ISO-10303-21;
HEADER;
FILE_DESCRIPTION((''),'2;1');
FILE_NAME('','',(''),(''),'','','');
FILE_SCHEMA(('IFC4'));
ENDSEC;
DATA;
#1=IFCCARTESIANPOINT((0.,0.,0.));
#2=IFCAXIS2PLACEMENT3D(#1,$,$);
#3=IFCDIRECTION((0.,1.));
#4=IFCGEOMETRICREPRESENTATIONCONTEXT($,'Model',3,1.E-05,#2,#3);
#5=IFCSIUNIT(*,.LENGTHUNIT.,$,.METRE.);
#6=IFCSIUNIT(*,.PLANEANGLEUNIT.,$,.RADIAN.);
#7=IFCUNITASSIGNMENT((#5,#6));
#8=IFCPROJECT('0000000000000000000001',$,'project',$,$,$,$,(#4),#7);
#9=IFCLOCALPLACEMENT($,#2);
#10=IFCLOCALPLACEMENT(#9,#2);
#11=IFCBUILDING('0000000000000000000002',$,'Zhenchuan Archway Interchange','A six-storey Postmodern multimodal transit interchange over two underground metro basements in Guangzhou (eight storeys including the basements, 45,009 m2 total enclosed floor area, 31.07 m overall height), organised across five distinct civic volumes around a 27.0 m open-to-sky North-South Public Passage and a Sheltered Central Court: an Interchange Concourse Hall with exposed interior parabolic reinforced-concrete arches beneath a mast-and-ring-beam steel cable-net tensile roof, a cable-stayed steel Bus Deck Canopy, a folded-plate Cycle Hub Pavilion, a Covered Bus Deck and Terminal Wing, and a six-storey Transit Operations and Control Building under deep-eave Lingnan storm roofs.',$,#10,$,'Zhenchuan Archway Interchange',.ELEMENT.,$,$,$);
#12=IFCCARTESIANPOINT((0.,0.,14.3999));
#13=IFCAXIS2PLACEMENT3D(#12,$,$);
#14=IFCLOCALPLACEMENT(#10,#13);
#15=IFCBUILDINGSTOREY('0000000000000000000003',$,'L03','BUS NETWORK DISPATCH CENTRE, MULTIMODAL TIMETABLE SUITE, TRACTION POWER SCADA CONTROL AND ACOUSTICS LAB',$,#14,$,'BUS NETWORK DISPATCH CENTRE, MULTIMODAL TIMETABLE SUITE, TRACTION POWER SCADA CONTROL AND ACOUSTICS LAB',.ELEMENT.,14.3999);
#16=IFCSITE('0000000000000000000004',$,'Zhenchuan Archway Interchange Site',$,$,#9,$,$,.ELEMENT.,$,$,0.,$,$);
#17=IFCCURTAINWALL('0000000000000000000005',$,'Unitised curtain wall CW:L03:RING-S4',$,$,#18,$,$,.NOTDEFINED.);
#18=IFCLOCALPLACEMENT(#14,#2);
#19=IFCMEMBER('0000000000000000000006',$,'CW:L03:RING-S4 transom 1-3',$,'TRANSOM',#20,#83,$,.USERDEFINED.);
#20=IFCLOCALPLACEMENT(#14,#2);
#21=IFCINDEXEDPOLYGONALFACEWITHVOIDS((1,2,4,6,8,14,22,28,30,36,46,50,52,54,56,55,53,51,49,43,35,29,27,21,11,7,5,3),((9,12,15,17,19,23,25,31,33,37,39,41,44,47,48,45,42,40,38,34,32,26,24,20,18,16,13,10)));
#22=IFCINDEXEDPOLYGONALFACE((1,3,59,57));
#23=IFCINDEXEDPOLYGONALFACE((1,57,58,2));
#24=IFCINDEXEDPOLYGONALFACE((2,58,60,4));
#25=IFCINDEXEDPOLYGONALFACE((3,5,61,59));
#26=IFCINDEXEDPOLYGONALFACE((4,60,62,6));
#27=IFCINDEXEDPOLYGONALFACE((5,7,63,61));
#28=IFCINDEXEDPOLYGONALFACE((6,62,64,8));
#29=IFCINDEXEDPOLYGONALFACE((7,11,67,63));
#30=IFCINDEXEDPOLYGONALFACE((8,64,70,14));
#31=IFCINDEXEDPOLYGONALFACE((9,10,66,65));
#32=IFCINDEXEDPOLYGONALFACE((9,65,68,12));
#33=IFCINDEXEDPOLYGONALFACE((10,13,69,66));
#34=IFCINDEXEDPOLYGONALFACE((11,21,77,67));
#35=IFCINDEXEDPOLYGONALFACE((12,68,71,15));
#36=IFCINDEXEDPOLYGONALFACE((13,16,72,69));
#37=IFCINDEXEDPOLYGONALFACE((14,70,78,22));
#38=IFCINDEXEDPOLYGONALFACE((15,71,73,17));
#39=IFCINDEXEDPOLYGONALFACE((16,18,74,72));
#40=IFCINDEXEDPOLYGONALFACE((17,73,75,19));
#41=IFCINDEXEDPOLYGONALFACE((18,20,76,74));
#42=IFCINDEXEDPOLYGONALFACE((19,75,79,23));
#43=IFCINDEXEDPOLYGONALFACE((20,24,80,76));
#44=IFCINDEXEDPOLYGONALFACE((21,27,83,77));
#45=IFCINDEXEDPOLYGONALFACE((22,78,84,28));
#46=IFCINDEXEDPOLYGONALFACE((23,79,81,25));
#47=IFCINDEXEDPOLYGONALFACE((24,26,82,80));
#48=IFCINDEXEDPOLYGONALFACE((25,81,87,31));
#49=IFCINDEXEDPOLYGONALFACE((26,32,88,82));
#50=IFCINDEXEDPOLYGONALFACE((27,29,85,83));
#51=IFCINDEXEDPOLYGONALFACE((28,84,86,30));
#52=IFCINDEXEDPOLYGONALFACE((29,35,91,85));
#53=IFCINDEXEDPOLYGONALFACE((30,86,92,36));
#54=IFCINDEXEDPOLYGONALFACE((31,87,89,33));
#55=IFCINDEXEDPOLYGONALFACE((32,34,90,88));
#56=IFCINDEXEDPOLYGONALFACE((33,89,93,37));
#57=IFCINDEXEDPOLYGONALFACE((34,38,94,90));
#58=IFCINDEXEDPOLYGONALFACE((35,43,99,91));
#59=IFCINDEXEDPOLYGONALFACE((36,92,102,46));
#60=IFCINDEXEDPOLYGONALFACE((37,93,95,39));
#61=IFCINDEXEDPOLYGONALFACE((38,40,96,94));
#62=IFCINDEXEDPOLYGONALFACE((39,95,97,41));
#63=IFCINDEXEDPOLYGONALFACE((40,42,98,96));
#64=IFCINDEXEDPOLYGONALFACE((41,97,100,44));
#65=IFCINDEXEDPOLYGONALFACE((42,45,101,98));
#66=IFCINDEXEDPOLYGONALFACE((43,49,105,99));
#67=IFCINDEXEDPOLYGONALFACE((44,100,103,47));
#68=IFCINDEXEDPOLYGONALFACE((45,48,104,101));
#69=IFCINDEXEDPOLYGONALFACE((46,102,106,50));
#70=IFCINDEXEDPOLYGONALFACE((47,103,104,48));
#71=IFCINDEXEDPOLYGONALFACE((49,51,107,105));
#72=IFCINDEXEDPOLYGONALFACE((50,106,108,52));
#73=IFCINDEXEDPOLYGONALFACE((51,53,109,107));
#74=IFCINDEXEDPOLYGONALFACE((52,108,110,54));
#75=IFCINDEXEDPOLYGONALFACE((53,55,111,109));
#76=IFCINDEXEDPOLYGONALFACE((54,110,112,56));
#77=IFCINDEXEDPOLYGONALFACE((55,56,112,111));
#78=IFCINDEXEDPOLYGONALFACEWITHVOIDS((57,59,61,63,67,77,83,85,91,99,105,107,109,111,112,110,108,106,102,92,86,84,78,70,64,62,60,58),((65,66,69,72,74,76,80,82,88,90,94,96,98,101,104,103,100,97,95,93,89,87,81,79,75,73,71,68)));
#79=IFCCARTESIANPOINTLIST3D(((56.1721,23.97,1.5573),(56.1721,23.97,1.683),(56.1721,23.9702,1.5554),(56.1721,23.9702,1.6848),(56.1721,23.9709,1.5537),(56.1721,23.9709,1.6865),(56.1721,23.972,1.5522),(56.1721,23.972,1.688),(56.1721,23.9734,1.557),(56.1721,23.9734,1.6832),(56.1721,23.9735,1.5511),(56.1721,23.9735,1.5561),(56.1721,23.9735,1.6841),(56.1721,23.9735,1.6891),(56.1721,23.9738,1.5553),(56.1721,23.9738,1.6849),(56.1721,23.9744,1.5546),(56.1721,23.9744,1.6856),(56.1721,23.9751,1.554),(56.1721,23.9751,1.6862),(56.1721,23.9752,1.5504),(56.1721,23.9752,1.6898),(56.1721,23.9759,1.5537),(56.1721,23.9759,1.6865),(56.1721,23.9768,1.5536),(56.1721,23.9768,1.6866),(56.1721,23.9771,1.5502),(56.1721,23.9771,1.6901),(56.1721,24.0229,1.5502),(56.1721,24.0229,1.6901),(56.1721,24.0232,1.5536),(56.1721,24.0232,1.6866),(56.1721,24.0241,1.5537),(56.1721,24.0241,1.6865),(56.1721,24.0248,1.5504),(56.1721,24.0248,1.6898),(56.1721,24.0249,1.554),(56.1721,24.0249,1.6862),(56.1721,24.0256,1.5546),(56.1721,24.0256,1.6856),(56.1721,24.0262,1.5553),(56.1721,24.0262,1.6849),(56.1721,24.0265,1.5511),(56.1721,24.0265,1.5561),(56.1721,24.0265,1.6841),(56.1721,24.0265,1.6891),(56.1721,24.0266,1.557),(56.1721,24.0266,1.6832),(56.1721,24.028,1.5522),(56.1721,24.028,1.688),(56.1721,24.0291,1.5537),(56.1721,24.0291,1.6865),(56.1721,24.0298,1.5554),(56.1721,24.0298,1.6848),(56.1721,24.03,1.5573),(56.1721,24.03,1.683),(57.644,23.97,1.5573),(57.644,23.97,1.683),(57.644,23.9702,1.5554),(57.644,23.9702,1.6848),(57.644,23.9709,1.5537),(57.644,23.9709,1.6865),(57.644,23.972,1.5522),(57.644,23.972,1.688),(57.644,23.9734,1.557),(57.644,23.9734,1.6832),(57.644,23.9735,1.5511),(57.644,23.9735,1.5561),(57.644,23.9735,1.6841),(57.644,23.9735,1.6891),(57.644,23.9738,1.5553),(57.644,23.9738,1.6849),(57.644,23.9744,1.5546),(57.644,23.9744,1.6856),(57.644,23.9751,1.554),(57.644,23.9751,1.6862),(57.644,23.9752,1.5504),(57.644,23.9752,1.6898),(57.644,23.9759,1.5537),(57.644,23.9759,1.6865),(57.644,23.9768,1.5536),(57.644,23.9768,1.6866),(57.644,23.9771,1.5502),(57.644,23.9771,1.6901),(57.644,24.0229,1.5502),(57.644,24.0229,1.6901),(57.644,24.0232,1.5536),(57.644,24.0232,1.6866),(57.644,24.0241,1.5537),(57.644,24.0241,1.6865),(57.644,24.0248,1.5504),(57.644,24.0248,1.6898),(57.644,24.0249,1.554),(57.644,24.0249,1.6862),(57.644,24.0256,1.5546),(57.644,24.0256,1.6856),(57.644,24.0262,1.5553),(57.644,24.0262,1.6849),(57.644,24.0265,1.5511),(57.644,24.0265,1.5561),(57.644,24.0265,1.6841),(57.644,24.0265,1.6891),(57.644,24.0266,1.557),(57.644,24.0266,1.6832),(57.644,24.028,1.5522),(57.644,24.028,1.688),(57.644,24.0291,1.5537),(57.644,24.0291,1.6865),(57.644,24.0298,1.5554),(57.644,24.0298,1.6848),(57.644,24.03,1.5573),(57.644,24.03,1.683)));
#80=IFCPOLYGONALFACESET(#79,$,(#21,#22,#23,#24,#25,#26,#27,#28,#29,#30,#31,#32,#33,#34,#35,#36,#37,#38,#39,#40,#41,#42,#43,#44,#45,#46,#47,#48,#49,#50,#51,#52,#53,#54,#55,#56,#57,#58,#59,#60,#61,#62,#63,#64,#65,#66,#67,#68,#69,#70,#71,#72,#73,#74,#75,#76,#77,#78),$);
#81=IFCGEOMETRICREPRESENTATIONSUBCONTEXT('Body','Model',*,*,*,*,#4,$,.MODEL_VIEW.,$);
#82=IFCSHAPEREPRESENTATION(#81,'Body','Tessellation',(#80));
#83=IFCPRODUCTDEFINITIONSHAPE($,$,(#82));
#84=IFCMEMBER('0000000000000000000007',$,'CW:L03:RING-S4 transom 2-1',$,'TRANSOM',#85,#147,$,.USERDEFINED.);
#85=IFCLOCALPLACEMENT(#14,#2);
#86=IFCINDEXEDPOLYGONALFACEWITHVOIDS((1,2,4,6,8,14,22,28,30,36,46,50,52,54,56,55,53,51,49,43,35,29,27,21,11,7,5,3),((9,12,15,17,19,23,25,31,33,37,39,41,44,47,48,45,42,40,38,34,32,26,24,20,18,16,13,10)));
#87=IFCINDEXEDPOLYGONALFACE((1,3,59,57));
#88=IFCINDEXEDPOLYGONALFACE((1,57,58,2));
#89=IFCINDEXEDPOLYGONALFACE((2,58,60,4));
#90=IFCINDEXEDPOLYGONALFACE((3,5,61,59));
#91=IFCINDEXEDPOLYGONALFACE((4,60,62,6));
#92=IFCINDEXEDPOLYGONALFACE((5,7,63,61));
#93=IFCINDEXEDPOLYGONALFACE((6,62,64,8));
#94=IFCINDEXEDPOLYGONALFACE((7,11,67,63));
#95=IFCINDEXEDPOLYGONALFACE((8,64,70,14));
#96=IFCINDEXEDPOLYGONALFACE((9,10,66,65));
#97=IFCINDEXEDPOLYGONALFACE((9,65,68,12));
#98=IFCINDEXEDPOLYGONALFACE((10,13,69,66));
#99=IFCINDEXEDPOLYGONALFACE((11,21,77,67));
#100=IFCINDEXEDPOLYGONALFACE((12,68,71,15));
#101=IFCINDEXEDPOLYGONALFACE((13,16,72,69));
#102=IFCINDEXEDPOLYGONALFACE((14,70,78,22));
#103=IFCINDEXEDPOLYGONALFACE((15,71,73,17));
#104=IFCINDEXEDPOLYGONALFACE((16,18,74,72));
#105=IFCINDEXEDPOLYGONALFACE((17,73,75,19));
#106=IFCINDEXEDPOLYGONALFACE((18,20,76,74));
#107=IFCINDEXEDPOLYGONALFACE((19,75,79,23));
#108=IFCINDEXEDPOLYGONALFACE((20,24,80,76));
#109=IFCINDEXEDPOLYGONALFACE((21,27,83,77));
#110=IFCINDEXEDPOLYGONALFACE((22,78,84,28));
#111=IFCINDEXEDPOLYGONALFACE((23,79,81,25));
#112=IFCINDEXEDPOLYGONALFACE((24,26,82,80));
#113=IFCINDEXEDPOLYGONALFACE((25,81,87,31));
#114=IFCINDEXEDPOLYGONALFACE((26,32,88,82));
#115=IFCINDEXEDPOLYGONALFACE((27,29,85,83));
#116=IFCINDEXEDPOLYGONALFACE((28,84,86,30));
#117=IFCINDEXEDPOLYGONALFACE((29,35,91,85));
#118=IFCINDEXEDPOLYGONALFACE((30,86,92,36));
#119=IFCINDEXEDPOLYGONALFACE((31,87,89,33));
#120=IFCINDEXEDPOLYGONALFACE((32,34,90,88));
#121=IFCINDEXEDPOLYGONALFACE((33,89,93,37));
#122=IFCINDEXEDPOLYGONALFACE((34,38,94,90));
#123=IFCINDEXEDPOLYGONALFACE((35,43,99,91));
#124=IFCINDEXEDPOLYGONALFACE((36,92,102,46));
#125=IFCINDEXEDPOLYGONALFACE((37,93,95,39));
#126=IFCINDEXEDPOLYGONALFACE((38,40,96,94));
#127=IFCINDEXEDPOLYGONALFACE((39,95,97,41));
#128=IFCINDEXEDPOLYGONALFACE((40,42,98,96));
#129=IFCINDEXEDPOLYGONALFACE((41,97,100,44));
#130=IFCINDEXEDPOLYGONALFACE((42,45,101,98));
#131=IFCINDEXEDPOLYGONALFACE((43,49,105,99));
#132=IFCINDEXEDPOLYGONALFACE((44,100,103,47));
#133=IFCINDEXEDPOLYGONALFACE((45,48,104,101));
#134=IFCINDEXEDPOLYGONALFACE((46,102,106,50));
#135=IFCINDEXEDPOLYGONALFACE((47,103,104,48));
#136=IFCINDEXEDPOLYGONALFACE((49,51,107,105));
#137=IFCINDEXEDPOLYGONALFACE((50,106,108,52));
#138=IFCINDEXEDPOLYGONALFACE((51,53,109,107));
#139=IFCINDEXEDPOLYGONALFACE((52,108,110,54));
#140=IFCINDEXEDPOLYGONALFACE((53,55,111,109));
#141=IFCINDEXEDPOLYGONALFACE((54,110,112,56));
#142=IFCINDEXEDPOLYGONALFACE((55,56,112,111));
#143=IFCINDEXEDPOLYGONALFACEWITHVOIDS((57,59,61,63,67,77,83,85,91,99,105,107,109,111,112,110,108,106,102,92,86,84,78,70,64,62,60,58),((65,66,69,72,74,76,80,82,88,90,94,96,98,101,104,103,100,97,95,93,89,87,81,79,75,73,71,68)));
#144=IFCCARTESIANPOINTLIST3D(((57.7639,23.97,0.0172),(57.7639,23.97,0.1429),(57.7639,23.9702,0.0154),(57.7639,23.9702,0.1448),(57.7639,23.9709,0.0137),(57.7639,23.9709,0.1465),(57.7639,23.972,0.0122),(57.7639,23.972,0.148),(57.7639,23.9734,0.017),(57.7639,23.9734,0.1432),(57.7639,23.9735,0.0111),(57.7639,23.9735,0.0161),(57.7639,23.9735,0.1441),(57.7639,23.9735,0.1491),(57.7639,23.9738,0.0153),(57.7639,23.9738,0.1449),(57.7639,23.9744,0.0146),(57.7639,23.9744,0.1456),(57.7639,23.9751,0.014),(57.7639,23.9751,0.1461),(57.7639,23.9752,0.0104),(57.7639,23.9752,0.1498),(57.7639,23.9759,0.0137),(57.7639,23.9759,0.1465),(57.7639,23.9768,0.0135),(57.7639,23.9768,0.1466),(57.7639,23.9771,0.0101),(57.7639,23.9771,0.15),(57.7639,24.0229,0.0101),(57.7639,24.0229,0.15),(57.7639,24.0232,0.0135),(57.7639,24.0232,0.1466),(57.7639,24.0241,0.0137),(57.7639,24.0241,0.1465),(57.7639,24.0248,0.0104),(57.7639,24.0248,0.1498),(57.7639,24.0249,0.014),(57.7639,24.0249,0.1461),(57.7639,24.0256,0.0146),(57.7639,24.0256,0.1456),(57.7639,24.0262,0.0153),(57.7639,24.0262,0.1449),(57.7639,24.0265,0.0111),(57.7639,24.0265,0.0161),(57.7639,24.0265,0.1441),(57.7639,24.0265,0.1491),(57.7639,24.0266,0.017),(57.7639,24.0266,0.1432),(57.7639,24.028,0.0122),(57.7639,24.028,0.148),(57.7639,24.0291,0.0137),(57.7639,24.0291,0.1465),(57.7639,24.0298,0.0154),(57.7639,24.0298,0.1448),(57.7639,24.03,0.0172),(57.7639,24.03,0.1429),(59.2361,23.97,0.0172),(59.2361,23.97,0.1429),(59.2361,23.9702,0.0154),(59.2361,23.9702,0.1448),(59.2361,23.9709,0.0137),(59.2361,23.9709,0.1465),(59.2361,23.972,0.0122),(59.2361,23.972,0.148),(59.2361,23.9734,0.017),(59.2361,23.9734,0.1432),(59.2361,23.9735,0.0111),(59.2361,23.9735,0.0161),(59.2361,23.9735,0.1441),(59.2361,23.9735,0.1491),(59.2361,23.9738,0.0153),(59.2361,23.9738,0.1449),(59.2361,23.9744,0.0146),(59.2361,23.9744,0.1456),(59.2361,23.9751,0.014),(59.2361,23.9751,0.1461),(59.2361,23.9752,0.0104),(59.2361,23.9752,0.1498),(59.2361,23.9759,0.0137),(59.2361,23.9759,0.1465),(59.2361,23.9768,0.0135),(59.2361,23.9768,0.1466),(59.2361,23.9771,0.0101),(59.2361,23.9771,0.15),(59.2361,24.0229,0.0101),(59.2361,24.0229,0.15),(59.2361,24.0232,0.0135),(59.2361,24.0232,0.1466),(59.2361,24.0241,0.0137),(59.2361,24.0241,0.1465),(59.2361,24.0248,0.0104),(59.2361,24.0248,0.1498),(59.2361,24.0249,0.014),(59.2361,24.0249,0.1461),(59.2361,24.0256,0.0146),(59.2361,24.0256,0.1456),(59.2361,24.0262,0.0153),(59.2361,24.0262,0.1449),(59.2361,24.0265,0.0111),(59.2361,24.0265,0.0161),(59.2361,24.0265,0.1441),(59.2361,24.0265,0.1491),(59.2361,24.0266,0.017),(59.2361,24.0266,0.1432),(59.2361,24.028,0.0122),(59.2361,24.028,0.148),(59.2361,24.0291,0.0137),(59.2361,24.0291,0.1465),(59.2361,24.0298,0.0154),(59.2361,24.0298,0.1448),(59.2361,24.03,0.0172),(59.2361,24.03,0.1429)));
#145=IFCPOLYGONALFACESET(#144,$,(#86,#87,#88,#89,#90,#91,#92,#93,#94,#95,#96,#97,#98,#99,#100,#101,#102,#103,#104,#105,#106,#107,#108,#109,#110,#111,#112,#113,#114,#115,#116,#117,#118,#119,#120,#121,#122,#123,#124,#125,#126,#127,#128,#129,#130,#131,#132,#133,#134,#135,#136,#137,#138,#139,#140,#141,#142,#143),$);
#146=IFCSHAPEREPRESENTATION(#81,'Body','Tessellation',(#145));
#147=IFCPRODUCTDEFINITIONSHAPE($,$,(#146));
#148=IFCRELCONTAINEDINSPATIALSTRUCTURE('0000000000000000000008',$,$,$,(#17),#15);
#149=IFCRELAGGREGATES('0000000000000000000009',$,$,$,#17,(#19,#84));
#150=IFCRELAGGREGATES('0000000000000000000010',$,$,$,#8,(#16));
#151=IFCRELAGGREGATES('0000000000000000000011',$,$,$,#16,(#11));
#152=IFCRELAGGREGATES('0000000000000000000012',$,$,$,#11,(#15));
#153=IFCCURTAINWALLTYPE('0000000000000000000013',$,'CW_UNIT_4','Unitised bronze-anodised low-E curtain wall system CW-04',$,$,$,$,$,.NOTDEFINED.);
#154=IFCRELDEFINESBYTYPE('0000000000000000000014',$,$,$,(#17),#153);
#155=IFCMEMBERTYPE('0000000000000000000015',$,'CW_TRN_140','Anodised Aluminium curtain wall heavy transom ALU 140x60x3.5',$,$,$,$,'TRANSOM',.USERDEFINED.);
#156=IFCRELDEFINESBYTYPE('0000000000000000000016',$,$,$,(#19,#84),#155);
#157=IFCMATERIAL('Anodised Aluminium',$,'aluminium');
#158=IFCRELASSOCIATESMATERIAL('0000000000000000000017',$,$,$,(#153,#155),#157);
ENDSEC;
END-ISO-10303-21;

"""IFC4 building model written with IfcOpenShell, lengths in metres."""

from ifc_helpers import new_model, si_unit, direction, frame, origin, origin_2d, place, context, subcontext, project, spatial, hollow_rectangle, extrude, material, material_profile, profile_set, type_object, element, aggregate, save


model = new_model("IFC4")

# Units and contexts
model_context = context("Model", 3, precision=1e-05, world=origin(), true_north=direction((0.0, 1.0)))
body_context = subcontext(model_context, "Body", "Model", "MODEL_VIEW")
ifc_project = project(units=[si_unit("LENGTHUNIT", "METRE"), si_unit("PLANEANGLEUNIT", "RADIAN")], contexts=[model_context])

# Site, building, storey
site_placement = place(None, origin())
site = spatial("IfcSite", under=ifc_project, at=site_placement, Name="Zhenchuan Archway Interchange Site", CompositionType="ELEMENT", RefElevation=0.0)
building_placement = place(site_placement, origin())
building = spatial("IfcBuilding", under=site, at=building_placement, Name="Zhenchuan Archway Interchange", Description="A six-storey Postmodern multimodal transit interchange over two underground metro basements in Guangzhou (eight storeys including the basements, 45,009 m2 total enclosed floor area, 31.07 m overall height), organised across five distinct civic volumes around a 27.0 m open-to-sky North-South Public Passage and a Sheltered Central Court: an Interchange Concourse Hall with exposed interior parabolic reinforced-concrete arches beneath a mast-and-ring-beam steel cable-net tensile roof, a cable-stayed steel Bus Deck Canopy, a folded-plate Cycle Hub Pavilion, a Covered Bus Deck and Terminal Wing, and a six-storey Transit Operations and Control Building under deep-eave Lingnan storm roofs.", LongName="Zhenchuan Archway Interchange", CompositionType="ELEMENT")
storey_placement = place(building_placement, frame((0.0, 0.0, 14.3999)))
storey = spatial("IfcBuildingStorey", under=building, at=storey_placement, Name="L03", Description="BUS NETWORK DISPATCH CENTRE, MULTIMODAL TIMETABLE SUITE, TRACTION POWER SCADA CONTROL AND ACOUSTICS LAB", LongName="BUS NETWORK DISPATCH CENTRE, MULTIMODAL TIMETABLE SUITE, TRACTION POWER SCADA CONTROL AND ACOUSTICS LAB", CompositionType="ELEMENT", Elevation=14.3999)

# Curtain wall
ifc_material_1 = material(Name="Anodised Aluminium", Category="aluminium")
curtain_wall_type = type_object("IfcCurtainWallType", Name="CW_UNIT_4", Description="Unitised bronze-anodised low-E curtain wall system CW-04", PredefinedType="NOTDEFINED", material=ifc_material_1)
curtain_wall_1_placement = place(storey_placement, origin())
curtain_wall_1 = element("IfcCurtainWall", 1, at=curtain_wall_1_placement, inside=storey, type_object=curtain_wall_type, Name="Unitised curtain wall CW:L03:RING-S4", PredefinedType="NOTDEFINED")

# Members
ifc_material_profile_1 = material_profile(ifc_material_1, hollow_rectangle(XDim=0.0601, YDim=0.1399, WallThickness=0.0034, InnerFilletRadius=0.0034, OuterFilletRadius=0.0071, at=origin_2d()), Name="ALU 140x60x3.5")
ifc_profile_set_1 = profile_set([ifc_material_profile_1], Name="Anodised Aluminium")
member_type_1 = type_object("IfcMemberType", Name="CW_TRN_140", Description="Anodised Aluminium curtain wall heavy transom ALU 140x60x3.5", ElementType="TRANSOM", PredefinedType="USERDEFINED", material=ifc_profile_set_1)
member_1_placement = place(storey_placement, frame((56.1721, 24.0, 1.6201), z_axis=(1.0, 0.0, 0.0), x_axis=(0.0, 1.0, 0.0)))
member_1 = element("IfcMember", 2, at=member_1_placement, type_object=member_type_1, Name="CW:L03:RING-S4 transom 1-3", ObjectType="TRANSOM", PredefinedType="USERDEFINED", context=body_context, shape_type="SweptSolid", body=[
    extrude(hollow_rectangle(XDim=0.0601, YDim=0.1399, WallThickness=0.0034, InnerFilletRadius=0.0034, OuterFilletRadius=0.0071, at=origin_2d()), origin(), (0.0, 0.0, 1.0), 1.4719),
])
member_2_placement = place(storey_placement, frame((57.7639, 24.0, 0.0801), z_axis=(1.0, 0.0, 0.0), x_axis=(0.0, 1.0, 0.0)))
member_2 = element("IfcMember", 3, at=member_2_placement, type_object=member_type_1, Name="CW:L03:RING-S4 transom 2-1", ObjectType="TRANSOM", PredefinedType="USERDEFINED", context=body_context, shape_type="SweptSolid", body=[
    extrude(hollow_rectangle(XDim=0.0601, YDim=0.1399, WallThickness=0.0034, InnerFilletRadius=0.0034, OuterFilletRadius=0.0071, at=origin_2d()), origin(), (0.0, 0.0, 1.0), 1.4722),
])

aggregate(curtain_wall_1, [member_1, member_2])

save(model, "model.ifc")
